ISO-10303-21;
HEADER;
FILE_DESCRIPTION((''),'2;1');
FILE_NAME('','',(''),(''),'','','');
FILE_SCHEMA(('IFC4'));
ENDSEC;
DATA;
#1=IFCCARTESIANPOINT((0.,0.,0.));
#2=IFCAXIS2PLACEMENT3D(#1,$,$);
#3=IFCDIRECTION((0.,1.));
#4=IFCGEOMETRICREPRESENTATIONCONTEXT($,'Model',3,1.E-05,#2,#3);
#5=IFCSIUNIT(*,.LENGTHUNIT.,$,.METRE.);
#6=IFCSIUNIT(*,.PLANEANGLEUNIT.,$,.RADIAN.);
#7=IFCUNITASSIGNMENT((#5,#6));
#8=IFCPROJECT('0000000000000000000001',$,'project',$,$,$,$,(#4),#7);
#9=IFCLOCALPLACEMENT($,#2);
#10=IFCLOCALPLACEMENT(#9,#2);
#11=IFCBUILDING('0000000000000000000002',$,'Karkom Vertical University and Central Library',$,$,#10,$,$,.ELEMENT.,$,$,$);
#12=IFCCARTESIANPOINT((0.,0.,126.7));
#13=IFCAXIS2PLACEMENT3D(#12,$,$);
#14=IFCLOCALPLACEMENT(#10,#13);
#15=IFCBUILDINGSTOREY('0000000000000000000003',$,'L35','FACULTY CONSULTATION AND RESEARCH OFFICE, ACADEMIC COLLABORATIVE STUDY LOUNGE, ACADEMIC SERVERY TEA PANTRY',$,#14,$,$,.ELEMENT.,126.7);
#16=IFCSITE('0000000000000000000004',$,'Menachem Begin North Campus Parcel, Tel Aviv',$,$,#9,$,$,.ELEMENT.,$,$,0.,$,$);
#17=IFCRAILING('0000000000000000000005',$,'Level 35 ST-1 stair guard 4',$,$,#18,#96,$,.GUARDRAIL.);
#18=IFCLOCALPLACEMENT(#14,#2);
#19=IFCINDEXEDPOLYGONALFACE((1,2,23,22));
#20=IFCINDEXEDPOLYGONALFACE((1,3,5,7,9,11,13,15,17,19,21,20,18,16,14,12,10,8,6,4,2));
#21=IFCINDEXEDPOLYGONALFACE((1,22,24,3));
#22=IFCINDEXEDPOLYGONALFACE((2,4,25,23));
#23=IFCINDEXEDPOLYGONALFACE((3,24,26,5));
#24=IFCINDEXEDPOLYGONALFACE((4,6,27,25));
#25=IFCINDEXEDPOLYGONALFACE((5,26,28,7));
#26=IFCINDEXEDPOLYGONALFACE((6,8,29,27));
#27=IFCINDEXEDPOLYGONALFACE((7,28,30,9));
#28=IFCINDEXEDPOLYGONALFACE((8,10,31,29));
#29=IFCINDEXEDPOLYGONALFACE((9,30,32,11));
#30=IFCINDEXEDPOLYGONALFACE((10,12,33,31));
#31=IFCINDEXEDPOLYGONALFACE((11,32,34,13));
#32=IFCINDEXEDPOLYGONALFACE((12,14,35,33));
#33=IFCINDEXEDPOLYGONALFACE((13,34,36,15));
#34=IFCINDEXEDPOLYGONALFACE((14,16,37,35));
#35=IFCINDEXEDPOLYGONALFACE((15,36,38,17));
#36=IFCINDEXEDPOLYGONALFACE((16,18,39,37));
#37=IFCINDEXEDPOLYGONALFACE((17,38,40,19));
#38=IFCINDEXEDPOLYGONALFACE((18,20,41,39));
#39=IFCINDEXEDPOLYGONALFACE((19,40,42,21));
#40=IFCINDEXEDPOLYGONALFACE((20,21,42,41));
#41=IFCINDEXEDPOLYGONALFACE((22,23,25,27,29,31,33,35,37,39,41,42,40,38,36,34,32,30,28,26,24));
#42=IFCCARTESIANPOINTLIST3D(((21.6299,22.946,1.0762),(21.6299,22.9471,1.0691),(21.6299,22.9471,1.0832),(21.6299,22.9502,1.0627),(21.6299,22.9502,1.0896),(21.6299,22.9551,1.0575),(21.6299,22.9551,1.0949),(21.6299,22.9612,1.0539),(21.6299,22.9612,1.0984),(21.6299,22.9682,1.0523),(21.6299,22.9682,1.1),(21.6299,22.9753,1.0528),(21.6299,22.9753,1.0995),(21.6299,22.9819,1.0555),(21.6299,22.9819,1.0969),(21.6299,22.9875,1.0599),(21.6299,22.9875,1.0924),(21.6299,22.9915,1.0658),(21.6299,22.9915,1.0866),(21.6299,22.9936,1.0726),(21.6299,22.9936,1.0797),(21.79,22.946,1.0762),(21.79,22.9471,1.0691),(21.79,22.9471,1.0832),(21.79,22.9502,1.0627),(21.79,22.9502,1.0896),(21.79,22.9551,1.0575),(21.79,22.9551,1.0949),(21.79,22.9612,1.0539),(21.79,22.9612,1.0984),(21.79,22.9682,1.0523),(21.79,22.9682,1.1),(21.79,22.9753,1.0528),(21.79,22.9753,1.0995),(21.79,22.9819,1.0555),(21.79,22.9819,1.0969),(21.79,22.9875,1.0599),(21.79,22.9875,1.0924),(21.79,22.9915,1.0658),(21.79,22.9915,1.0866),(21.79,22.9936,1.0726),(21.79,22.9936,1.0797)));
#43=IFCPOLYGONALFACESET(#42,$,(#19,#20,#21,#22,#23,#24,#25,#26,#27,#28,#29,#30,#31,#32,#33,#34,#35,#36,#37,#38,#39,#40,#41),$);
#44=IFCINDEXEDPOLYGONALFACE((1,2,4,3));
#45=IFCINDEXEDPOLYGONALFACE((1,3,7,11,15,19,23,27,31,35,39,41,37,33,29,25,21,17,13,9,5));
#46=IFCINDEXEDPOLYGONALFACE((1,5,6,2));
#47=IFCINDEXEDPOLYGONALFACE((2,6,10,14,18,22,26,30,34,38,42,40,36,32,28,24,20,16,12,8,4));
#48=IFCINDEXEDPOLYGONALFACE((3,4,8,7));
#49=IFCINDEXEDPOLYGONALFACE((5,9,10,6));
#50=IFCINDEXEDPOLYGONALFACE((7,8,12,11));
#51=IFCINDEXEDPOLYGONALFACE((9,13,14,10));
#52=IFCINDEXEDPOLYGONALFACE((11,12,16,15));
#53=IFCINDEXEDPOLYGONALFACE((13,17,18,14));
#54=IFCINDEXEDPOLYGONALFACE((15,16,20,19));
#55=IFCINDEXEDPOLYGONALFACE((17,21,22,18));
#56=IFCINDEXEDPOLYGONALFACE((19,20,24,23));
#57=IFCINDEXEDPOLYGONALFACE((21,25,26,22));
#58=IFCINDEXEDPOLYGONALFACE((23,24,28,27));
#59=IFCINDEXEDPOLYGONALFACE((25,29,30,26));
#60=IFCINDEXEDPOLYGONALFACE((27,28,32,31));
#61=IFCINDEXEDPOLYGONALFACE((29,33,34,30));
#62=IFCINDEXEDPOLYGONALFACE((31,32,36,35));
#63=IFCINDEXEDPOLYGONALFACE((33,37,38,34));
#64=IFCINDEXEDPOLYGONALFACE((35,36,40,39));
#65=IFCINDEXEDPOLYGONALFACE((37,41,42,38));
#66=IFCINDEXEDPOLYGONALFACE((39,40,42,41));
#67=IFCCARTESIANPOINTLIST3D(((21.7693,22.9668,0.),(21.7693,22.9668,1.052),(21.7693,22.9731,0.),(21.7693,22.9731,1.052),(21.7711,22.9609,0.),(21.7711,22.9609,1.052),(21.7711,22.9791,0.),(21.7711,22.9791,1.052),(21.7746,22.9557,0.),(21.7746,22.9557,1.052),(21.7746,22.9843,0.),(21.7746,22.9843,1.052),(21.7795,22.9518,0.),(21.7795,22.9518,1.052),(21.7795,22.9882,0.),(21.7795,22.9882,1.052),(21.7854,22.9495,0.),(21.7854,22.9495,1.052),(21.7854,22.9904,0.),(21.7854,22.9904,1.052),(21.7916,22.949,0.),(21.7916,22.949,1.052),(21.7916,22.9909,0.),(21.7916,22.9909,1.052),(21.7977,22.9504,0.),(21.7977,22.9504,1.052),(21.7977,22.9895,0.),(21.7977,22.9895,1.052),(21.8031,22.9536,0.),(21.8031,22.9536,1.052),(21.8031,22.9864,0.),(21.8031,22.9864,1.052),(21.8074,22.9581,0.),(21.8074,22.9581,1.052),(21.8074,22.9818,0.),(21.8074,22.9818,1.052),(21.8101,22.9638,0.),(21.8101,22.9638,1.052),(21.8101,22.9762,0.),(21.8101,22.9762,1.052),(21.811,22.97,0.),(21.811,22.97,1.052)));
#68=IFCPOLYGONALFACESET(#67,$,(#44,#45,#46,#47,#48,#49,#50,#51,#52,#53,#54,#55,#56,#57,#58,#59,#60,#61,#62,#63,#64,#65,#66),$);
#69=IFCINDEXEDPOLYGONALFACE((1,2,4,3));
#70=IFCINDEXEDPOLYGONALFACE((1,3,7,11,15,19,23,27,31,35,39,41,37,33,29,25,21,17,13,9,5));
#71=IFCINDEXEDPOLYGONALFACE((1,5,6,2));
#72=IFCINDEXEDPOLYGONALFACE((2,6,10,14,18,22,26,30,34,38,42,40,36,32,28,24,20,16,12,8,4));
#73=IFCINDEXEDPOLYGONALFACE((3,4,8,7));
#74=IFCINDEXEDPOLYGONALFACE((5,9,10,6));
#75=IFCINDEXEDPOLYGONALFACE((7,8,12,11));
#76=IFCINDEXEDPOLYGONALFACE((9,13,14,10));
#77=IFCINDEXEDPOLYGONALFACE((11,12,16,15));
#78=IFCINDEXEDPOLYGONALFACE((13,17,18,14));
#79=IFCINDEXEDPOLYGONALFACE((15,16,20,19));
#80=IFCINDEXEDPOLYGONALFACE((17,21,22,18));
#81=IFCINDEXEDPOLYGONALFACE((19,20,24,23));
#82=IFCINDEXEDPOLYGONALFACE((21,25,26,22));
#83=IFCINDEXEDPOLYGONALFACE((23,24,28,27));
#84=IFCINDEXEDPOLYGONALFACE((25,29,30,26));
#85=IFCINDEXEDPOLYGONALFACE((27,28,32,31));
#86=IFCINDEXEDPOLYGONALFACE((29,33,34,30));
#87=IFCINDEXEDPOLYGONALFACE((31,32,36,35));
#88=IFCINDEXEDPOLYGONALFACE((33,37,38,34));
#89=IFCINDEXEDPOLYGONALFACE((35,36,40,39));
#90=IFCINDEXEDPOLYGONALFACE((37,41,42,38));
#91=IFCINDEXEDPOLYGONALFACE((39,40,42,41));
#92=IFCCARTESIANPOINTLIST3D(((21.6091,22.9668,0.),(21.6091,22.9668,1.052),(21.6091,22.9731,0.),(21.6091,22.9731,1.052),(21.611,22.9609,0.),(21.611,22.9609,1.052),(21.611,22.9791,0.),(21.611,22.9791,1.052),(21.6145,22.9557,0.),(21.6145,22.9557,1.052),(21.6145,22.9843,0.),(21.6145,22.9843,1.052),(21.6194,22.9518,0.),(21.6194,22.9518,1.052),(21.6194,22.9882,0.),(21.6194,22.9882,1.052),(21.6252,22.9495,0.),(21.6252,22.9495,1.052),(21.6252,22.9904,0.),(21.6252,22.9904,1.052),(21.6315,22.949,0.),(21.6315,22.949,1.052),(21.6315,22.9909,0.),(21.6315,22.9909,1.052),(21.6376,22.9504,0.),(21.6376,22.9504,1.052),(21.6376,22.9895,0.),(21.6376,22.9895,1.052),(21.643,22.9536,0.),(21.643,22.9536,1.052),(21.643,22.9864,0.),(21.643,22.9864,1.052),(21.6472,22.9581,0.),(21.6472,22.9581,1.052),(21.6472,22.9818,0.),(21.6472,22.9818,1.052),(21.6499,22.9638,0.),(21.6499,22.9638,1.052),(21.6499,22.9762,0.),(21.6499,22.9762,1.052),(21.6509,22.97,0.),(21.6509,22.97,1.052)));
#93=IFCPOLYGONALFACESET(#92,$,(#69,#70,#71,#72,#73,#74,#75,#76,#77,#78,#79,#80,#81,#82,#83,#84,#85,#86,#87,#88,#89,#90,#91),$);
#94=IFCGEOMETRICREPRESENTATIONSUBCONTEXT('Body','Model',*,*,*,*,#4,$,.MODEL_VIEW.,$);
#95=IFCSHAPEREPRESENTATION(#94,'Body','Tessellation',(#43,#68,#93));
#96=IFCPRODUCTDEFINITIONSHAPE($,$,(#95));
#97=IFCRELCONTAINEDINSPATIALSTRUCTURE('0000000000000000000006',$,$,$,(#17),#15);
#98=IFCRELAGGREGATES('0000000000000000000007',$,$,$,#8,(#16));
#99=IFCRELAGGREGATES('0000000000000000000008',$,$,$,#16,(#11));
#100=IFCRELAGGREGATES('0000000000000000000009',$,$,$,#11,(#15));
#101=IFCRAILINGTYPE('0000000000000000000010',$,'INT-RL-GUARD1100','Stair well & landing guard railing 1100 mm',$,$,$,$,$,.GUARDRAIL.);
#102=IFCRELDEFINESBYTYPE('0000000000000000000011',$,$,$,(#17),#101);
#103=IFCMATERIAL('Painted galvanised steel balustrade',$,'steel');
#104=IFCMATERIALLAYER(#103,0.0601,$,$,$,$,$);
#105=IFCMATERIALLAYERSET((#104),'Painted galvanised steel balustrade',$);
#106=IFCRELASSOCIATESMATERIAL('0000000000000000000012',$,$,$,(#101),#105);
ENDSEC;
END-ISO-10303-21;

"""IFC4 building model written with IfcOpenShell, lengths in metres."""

from ifc_helpers import new_model, si_unit, direction, frame, origin, origin_2d, place, context, subcontext, project, spatial, circle, extrude, material, layer, layer_set, type_object, element, save


model = new_model("IFC4")

# Units and contexts
model_context = context("Model", 3, precision=1e-05, world=origin(), true_north=direction((0.0, 1.0)))
body_context = subcontext(model_context, "Body", "Model", "MODEL_VIEW")
ifc_project = project(units=[si_unit("LENGTHUNIT", "METRE"), si_unit("PLANEANGLEUNIT", "RADIAN")], contexts=[model_context])

# Site, building, storey
site_placement = place(None, origin())
site = spatial("IfcSite", under=ifc_project, at=site_placement, Name="Menachem Begin North Campus Parcel, Tel Aviv", CompositionType="ELEMENT", RefElevation=0.0)
building_placement = place(site_placement, origin())
building = spatial("IfcBuilding", under=site, at=building_placement, Name="Karkom Vertical University and Central Library", CompositionType="ELEMENT")
storey_placement = place(building_placement, frame((0.0, 0.0, 126.7)))
storey = spatial("IfcBuildingStorey", under=building, at=storey_placement, Name="L35", Description="FACULTY CONSULTATION AND RESEARCH OFFICE, ACADEMIC COLLABORATIVE STUDY LOUNGE, ACADEMIC SERVERY TEA PANTRY", CompositionType="ELEMENT", Elevation=126.7)

# Railing
ifc_material_1 = material(Name="Painted galvanised steel balustrade", Category="steel")
ifc_layer_1 = layer(ifc_material_1, 0.0601)
ifc_layer_set_1 = layer_set([ifc_layer_1], Name="Painted galvanised steel balustrade")
railing_type_1 = type_object("IfcRailingType", Name="INT-RL-GUARD1100", Description="Stair well & landing guard railing 1100 mm", PredefinedType="GUARDRAIL", material=ifc_layer_set_1)
railing_1_placement = place(storey_placement, frame((21.79, 22.97, 0.0)))
element("IfcRailing", 1, at=railing_1_placement, inside=storey, type_object=railing_type_1, Name="Level 35 ST-1 stair guard 4", PredefinedType="GUARDRAIL", context=body_context, shape_type="SweptSolid", body=[
    extrude(circle(Radius=0.0239, at=origin_2d()), frame((0.0, 0.0, 1.0762), z_axis=(-1.0, 0.0, 0.0), x_axis=(0.0, -1.0, 0.0)), (0.0, 0.0, 1.0), 0.1602),
    extrude(circle(Radius=0.021, at=origin_2d()), origin(), (0.0, 0.0, 1.0), 1.052),
    extrude(circle(Radius=0.021, at=origin_2d()), frame((-0.1602, 0.0, 0.0)), (0.0, 0.0, 1.0), 1.052),
])

save(model, "model.ifc")
